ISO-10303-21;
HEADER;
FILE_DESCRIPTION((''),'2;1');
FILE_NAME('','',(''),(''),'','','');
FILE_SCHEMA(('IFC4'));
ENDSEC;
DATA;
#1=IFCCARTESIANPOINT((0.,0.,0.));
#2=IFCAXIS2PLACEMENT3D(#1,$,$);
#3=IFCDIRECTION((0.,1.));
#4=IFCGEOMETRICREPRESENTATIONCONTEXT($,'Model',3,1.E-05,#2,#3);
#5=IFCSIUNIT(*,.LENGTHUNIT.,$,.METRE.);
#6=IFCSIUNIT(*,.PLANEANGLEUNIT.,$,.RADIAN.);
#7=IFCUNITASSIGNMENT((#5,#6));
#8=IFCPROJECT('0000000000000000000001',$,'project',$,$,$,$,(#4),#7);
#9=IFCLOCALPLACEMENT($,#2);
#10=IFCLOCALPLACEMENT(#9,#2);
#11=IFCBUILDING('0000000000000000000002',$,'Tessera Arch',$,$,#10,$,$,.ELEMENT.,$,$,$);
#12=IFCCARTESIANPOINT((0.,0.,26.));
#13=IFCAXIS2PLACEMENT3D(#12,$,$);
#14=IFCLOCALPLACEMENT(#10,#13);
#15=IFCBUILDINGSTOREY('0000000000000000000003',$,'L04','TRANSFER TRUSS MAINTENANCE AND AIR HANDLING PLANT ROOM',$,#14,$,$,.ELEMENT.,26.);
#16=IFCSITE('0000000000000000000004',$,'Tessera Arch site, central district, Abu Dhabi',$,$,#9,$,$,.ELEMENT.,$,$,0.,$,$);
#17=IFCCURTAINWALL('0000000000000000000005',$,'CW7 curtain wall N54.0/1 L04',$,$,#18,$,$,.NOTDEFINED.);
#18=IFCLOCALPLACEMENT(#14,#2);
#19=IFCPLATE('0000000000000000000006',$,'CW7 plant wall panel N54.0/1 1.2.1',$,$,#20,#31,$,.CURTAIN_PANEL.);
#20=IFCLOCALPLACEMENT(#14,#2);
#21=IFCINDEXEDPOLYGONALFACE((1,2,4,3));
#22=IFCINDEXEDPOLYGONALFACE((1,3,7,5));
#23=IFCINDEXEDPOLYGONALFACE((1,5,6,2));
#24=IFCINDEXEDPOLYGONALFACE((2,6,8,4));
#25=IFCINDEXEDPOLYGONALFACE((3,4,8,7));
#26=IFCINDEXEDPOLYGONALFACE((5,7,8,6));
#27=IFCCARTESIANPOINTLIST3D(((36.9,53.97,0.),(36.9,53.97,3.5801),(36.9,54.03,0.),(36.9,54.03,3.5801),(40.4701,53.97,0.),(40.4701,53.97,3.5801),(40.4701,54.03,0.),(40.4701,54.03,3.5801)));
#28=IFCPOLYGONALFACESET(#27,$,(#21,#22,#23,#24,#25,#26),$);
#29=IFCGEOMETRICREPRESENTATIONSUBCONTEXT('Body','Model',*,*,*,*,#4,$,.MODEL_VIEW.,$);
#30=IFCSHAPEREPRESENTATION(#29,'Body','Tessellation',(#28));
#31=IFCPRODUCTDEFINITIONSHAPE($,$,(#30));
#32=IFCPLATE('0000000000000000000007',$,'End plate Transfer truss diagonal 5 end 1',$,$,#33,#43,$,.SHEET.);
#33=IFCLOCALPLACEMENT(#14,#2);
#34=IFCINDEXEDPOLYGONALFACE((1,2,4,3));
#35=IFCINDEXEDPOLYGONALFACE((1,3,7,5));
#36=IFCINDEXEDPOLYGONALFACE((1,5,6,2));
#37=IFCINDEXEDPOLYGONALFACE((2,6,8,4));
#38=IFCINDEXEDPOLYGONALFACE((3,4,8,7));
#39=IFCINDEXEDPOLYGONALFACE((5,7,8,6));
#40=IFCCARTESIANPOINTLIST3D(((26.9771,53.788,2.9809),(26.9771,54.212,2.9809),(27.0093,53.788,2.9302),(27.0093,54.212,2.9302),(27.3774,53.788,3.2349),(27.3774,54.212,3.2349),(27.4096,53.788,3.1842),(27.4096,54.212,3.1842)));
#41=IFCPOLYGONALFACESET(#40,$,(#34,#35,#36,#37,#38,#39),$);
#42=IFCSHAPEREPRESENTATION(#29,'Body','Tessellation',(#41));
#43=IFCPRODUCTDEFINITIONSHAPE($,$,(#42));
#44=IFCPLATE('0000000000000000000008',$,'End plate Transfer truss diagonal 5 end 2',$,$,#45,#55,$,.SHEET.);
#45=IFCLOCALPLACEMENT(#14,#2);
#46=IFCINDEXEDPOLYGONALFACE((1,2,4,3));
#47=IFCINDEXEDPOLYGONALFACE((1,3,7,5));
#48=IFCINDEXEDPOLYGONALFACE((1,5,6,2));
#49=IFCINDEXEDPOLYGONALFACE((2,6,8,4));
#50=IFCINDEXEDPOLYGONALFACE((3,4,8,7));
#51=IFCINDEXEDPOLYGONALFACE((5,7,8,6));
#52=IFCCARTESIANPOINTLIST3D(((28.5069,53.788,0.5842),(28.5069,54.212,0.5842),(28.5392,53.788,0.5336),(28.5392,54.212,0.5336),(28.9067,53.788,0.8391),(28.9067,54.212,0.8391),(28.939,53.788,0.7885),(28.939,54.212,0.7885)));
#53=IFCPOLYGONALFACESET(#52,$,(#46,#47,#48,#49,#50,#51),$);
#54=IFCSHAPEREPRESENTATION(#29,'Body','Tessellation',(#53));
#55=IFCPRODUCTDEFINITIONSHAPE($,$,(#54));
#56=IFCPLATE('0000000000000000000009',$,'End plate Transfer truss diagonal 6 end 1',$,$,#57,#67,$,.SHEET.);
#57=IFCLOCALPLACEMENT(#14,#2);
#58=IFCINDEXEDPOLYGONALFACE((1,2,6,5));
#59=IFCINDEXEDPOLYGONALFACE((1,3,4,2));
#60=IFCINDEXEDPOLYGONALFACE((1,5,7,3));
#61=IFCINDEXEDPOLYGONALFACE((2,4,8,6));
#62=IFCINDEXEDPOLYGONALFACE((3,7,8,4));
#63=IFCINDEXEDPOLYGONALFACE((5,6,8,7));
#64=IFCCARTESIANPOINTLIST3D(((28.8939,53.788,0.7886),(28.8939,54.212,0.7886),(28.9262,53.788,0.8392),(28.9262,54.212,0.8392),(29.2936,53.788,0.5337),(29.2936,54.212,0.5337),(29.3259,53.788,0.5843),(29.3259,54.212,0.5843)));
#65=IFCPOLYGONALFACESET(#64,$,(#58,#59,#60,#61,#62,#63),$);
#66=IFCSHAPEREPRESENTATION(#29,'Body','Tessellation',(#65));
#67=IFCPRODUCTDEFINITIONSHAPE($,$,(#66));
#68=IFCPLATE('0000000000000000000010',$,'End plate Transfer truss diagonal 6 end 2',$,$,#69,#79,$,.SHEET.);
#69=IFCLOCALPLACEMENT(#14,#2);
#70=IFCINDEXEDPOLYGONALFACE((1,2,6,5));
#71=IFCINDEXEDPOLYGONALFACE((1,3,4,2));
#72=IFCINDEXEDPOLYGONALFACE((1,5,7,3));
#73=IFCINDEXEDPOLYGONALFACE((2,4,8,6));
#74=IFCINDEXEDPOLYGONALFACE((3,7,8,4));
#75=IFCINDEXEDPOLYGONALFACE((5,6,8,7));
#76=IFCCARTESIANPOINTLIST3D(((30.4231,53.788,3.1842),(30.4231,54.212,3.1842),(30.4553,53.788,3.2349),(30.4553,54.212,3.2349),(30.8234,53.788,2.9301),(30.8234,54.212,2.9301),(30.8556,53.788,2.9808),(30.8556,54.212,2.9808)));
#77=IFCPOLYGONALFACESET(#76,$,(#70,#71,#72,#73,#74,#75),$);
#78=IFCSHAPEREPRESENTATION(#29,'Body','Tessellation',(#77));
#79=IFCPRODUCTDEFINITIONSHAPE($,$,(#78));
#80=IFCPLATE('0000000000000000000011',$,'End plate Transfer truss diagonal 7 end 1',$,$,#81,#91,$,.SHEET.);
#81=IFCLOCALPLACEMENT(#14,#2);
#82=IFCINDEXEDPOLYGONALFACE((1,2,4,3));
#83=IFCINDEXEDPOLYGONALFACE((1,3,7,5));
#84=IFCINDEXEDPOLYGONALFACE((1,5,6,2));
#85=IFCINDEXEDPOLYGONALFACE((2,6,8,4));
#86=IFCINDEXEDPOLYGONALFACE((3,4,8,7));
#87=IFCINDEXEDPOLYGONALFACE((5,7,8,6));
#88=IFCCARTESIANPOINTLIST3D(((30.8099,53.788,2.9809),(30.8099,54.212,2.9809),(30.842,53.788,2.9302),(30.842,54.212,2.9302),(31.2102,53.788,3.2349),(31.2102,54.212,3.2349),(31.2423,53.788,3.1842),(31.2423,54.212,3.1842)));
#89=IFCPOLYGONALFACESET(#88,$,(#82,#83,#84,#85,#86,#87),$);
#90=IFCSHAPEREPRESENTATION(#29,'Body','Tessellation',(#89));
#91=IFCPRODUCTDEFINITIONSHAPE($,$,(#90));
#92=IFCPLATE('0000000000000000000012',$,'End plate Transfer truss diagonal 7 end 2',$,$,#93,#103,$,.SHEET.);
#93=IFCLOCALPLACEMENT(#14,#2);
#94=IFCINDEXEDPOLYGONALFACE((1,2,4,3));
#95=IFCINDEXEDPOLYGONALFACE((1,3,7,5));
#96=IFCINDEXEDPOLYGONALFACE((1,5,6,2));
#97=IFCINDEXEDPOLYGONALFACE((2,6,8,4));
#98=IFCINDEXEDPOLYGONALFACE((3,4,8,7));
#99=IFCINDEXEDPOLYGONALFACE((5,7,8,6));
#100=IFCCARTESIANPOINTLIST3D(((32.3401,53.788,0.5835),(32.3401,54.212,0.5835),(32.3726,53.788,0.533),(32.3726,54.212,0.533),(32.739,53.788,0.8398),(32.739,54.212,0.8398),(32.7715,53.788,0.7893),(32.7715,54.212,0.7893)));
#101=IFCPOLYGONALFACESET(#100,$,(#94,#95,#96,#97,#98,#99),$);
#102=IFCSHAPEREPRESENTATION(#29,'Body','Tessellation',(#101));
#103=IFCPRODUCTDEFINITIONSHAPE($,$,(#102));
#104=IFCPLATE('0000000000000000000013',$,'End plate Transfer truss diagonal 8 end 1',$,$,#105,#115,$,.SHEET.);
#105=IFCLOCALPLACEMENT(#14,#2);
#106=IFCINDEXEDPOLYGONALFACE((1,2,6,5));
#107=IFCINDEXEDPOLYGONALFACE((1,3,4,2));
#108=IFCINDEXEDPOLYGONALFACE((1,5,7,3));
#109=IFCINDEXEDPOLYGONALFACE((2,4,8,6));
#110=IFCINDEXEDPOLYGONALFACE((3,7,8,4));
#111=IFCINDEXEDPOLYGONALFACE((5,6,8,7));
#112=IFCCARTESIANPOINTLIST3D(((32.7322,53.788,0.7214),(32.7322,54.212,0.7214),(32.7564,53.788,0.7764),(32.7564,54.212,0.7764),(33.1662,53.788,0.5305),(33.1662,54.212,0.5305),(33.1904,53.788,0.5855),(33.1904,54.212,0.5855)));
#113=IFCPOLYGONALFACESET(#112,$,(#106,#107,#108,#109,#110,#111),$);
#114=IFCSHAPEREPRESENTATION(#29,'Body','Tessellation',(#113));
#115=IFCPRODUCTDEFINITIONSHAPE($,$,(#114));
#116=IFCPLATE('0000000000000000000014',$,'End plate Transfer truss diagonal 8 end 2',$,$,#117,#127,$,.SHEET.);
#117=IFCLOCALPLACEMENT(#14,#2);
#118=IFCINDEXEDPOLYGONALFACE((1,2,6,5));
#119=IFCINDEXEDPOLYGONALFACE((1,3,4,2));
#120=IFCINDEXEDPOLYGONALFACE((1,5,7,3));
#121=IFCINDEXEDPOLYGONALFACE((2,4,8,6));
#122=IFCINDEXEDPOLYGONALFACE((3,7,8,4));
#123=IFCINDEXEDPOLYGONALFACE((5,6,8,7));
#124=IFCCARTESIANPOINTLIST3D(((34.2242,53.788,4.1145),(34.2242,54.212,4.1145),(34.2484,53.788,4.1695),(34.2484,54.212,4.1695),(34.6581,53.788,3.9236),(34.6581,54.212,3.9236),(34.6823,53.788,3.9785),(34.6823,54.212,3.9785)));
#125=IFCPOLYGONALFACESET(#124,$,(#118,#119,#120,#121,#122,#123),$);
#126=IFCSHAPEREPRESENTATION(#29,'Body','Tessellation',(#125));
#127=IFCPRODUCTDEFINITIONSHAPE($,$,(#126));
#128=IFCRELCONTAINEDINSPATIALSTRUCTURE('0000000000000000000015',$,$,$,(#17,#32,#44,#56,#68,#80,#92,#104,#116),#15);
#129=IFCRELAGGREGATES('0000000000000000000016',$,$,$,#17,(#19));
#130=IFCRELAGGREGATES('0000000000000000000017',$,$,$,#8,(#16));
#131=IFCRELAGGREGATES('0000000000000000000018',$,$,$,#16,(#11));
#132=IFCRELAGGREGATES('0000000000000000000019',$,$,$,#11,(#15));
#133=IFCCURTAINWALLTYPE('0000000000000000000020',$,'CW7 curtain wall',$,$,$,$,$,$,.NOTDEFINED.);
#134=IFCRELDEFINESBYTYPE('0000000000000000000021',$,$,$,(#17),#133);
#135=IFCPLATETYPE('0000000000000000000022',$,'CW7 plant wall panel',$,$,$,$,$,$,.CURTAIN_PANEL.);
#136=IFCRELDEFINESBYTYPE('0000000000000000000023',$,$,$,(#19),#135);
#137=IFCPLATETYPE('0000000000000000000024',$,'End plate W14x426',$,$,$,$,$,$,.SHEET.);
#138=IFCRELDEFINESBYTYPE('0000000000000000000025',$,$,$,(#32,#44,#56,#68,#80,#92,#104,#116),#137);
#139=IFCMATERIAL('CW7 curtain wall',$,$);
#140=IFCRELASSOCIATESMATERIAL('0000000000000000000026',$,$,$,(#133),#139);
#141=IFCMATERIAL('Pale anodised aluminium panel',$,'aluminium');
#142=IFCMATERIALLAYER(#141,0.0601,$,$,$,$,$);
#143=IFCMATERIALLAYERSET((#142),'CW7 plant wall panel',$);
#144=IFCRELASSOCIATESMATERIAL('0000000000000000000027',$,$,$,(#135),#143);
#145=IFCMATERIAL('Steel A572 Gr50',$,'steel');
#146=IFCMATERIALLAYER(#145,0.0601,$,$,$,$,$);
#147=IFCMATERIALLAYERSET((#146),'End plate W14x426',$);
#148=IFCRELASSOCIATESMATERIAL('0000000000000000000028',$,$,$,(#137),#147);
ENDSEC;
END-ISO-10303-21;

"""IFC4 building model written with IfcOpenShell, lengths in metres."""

from ifc_helpers import new_model, si_unit, direction, frame, origin, origin_2d, place, context, subcontext, project, spatial, rectangle, extrude, material, layer, layer_set, type_object, element, aggregate, save


model = new_model("IFC4")

# Units and contexts
model_context = context("Model", 3, precision=1e-05, world=origin(), true_north=direction((0.0, 1.0)))
body_context = subcontext(model_context, "Body", "Model", "MODEL_VIEW")
ifc_project = project(units=[si_unit("LENGTHUNIT", "METRE"), si_unit("PLANEANGLEUNIT", "RADIAN")], contexts=[model_context])

# Site, building, storey
site_placement = place(None, origin())
site = spatial("IfcSite", under=ifc_project, at=site_placement, Name="Tessera Arch site, central district, Abu Dhabi", CompositionType="ELEMENT", RefElevation=0.0)
building_placement = place(site_placement, origin())
building = spatial("IfcBuilding", under=site, at=building_placement, Name="Tessera Arch", CompositionType="ELEMENT")
storey_placement = place(building_placement, frame((0.0, 0.0, 26.0)))
storey = spatial("IfcBuildingStorey", under=building, at=storey_placement, Name="L04", Description="TRANSFER TRUSS MAINTENANCE AND AIR HANDLING PLANT ROOM", CompositionType="ELEMENT", Elevation=26.0)

# Curtain wall, plate
ifc_material_1 = material(Name="CW7 curtain wall")
curtain_wall_type_1 = type_object("IfcCurtainWallType", Name="CW7 curtain wall", PredefinedType="NOTDEFINED", material=ifc_material_1)
curtain_wall_1_placement = place(storey_placement, origin())
curtain_wall_1 = element("IfcCurtainWall", 1, at=curtain_wall_1_placement, inside=storey, type_object=curtain_wall_type_1, Name="CW7 curtain wall N54.0/1 L04", PredefinedType="NOTDEFINED")
ifc_material_2 = material(Name="Pale anodised aluminium panel", Category="aluminium")
ifc_layer_1 = layer(ifc_material_2, 0.0601)
ifc_layer_set_1 = layer_set([ifc_layer_1], Name="CW7 plant wall panel")
plate_type_1 = type_object("IfcPlateType", Name="CW7 plant wall panel", PredefinedType="CURTAIN_PANEL", material=ifc_layer_set_1)
plate_1_placement = place(storey_placement, frame((38.6851, 54.0, 0.0), z_axis=(0.0, 0.0, 1.0), x_axis=(-1.0, 0.0, 0.0)))
plate_1 = element("IfcPlate", 2, at=plate_1_placement, type_object=plate_type_1, Name="CW7 plant wall panel N54.0/1 1.2.1", PredefinedType="CURTAIN_PANEL", context=body_context, shape_type="SweptSolid", body=[
    extrude(rectangle(XDim=3.5701, YDim=0.0601, at=origin_2d()), origin(), (0.0, 0.0, 1.0), 3.5801),
])
aggregate(curtain_wall_1, [plate_1])

# Plates
ifc_material_3 = material(Name="Steel A572 Gr50", Category="steel")
ifc_layer_2 = layer(ifc_material_3, 0.0601)
ifc_layer_set_2 = layer_set([ifc_layer_2], Name="End plate W14x426")
plate_type_2 = type_object("IfcPlateType", Name="End plate W14x426", PredefinedType="SHEET", material=ifc_layer_set_2)
for number, where, z_axis, x_axis, name in (
    (3, (27.1772, 54.0, 3.1079), (0.535824, 0.0, -0.844329), (0.0, 1.0, 0.0), "End plate Transfer truss diagonal 5 end 1"),
    (4, (28.7068, 54.0, 0.7117), (0.537666, 0.0, -0.843158), (0.0, 1.0, 0.0), "End plate Transfer truss diagonal 5 end 2"),
    (5, (29.0938, 54.0, 0.6611), (0.537666, 0.0, 0.843158), (0.0, 1.0, 0.0), "End plate Transfer truss diagonal 6 end 1"),
    (6, (30.6233, 54.0, 3.0571), (0.535824, 0.0, 0.844329), (0.0, 1.0, 0.0), "End plate Transfer truss diagonal 6 end 2"),
    (7, (31.01, 54.0, 3.1079), (0.535824, 0.0, -0.844329), (0.0, 1.0, 0.0), "End plate Transfer truss diagonal 7 end 1"),
    (8, (32.5396, 54.0, 0.7117), (0.540552, 0.0, -0.841311), (0.0, 1.0, 0.0), "End plate Transfer truss diagonal 7 end 2"),
    (9, (32.9492, 54.0, 0.626), (0.402739, 0.0, 0.915315), (0.0, 1.0, 0.0), "End plate Transfer truss diagonal 8 end 1"),
    (10, (34.4412, 54.0, 4.019), (0.402739, 0.0, 0.915315), (0.0, 1.0, 0.0), "End plate Transfer truss diagonal 8 end 2"),
):
    element("IfcPlate", number, at=place(storey_placement, frame(where, z_axis=z_axis, x_axis=x_axis)), inside=storey, type_object=plate_type_2, Name=name, PredefinedType="SHEET", context=body_context, shape_type="SweptSolid", body=[
        extrude(rectangle(XDim=0.4241, YDim=0.4741, at=origin_2d()), origin(), (0.0, 0.0, 1.0), 0.0601),
    ])

save(model, "model.ifc")
